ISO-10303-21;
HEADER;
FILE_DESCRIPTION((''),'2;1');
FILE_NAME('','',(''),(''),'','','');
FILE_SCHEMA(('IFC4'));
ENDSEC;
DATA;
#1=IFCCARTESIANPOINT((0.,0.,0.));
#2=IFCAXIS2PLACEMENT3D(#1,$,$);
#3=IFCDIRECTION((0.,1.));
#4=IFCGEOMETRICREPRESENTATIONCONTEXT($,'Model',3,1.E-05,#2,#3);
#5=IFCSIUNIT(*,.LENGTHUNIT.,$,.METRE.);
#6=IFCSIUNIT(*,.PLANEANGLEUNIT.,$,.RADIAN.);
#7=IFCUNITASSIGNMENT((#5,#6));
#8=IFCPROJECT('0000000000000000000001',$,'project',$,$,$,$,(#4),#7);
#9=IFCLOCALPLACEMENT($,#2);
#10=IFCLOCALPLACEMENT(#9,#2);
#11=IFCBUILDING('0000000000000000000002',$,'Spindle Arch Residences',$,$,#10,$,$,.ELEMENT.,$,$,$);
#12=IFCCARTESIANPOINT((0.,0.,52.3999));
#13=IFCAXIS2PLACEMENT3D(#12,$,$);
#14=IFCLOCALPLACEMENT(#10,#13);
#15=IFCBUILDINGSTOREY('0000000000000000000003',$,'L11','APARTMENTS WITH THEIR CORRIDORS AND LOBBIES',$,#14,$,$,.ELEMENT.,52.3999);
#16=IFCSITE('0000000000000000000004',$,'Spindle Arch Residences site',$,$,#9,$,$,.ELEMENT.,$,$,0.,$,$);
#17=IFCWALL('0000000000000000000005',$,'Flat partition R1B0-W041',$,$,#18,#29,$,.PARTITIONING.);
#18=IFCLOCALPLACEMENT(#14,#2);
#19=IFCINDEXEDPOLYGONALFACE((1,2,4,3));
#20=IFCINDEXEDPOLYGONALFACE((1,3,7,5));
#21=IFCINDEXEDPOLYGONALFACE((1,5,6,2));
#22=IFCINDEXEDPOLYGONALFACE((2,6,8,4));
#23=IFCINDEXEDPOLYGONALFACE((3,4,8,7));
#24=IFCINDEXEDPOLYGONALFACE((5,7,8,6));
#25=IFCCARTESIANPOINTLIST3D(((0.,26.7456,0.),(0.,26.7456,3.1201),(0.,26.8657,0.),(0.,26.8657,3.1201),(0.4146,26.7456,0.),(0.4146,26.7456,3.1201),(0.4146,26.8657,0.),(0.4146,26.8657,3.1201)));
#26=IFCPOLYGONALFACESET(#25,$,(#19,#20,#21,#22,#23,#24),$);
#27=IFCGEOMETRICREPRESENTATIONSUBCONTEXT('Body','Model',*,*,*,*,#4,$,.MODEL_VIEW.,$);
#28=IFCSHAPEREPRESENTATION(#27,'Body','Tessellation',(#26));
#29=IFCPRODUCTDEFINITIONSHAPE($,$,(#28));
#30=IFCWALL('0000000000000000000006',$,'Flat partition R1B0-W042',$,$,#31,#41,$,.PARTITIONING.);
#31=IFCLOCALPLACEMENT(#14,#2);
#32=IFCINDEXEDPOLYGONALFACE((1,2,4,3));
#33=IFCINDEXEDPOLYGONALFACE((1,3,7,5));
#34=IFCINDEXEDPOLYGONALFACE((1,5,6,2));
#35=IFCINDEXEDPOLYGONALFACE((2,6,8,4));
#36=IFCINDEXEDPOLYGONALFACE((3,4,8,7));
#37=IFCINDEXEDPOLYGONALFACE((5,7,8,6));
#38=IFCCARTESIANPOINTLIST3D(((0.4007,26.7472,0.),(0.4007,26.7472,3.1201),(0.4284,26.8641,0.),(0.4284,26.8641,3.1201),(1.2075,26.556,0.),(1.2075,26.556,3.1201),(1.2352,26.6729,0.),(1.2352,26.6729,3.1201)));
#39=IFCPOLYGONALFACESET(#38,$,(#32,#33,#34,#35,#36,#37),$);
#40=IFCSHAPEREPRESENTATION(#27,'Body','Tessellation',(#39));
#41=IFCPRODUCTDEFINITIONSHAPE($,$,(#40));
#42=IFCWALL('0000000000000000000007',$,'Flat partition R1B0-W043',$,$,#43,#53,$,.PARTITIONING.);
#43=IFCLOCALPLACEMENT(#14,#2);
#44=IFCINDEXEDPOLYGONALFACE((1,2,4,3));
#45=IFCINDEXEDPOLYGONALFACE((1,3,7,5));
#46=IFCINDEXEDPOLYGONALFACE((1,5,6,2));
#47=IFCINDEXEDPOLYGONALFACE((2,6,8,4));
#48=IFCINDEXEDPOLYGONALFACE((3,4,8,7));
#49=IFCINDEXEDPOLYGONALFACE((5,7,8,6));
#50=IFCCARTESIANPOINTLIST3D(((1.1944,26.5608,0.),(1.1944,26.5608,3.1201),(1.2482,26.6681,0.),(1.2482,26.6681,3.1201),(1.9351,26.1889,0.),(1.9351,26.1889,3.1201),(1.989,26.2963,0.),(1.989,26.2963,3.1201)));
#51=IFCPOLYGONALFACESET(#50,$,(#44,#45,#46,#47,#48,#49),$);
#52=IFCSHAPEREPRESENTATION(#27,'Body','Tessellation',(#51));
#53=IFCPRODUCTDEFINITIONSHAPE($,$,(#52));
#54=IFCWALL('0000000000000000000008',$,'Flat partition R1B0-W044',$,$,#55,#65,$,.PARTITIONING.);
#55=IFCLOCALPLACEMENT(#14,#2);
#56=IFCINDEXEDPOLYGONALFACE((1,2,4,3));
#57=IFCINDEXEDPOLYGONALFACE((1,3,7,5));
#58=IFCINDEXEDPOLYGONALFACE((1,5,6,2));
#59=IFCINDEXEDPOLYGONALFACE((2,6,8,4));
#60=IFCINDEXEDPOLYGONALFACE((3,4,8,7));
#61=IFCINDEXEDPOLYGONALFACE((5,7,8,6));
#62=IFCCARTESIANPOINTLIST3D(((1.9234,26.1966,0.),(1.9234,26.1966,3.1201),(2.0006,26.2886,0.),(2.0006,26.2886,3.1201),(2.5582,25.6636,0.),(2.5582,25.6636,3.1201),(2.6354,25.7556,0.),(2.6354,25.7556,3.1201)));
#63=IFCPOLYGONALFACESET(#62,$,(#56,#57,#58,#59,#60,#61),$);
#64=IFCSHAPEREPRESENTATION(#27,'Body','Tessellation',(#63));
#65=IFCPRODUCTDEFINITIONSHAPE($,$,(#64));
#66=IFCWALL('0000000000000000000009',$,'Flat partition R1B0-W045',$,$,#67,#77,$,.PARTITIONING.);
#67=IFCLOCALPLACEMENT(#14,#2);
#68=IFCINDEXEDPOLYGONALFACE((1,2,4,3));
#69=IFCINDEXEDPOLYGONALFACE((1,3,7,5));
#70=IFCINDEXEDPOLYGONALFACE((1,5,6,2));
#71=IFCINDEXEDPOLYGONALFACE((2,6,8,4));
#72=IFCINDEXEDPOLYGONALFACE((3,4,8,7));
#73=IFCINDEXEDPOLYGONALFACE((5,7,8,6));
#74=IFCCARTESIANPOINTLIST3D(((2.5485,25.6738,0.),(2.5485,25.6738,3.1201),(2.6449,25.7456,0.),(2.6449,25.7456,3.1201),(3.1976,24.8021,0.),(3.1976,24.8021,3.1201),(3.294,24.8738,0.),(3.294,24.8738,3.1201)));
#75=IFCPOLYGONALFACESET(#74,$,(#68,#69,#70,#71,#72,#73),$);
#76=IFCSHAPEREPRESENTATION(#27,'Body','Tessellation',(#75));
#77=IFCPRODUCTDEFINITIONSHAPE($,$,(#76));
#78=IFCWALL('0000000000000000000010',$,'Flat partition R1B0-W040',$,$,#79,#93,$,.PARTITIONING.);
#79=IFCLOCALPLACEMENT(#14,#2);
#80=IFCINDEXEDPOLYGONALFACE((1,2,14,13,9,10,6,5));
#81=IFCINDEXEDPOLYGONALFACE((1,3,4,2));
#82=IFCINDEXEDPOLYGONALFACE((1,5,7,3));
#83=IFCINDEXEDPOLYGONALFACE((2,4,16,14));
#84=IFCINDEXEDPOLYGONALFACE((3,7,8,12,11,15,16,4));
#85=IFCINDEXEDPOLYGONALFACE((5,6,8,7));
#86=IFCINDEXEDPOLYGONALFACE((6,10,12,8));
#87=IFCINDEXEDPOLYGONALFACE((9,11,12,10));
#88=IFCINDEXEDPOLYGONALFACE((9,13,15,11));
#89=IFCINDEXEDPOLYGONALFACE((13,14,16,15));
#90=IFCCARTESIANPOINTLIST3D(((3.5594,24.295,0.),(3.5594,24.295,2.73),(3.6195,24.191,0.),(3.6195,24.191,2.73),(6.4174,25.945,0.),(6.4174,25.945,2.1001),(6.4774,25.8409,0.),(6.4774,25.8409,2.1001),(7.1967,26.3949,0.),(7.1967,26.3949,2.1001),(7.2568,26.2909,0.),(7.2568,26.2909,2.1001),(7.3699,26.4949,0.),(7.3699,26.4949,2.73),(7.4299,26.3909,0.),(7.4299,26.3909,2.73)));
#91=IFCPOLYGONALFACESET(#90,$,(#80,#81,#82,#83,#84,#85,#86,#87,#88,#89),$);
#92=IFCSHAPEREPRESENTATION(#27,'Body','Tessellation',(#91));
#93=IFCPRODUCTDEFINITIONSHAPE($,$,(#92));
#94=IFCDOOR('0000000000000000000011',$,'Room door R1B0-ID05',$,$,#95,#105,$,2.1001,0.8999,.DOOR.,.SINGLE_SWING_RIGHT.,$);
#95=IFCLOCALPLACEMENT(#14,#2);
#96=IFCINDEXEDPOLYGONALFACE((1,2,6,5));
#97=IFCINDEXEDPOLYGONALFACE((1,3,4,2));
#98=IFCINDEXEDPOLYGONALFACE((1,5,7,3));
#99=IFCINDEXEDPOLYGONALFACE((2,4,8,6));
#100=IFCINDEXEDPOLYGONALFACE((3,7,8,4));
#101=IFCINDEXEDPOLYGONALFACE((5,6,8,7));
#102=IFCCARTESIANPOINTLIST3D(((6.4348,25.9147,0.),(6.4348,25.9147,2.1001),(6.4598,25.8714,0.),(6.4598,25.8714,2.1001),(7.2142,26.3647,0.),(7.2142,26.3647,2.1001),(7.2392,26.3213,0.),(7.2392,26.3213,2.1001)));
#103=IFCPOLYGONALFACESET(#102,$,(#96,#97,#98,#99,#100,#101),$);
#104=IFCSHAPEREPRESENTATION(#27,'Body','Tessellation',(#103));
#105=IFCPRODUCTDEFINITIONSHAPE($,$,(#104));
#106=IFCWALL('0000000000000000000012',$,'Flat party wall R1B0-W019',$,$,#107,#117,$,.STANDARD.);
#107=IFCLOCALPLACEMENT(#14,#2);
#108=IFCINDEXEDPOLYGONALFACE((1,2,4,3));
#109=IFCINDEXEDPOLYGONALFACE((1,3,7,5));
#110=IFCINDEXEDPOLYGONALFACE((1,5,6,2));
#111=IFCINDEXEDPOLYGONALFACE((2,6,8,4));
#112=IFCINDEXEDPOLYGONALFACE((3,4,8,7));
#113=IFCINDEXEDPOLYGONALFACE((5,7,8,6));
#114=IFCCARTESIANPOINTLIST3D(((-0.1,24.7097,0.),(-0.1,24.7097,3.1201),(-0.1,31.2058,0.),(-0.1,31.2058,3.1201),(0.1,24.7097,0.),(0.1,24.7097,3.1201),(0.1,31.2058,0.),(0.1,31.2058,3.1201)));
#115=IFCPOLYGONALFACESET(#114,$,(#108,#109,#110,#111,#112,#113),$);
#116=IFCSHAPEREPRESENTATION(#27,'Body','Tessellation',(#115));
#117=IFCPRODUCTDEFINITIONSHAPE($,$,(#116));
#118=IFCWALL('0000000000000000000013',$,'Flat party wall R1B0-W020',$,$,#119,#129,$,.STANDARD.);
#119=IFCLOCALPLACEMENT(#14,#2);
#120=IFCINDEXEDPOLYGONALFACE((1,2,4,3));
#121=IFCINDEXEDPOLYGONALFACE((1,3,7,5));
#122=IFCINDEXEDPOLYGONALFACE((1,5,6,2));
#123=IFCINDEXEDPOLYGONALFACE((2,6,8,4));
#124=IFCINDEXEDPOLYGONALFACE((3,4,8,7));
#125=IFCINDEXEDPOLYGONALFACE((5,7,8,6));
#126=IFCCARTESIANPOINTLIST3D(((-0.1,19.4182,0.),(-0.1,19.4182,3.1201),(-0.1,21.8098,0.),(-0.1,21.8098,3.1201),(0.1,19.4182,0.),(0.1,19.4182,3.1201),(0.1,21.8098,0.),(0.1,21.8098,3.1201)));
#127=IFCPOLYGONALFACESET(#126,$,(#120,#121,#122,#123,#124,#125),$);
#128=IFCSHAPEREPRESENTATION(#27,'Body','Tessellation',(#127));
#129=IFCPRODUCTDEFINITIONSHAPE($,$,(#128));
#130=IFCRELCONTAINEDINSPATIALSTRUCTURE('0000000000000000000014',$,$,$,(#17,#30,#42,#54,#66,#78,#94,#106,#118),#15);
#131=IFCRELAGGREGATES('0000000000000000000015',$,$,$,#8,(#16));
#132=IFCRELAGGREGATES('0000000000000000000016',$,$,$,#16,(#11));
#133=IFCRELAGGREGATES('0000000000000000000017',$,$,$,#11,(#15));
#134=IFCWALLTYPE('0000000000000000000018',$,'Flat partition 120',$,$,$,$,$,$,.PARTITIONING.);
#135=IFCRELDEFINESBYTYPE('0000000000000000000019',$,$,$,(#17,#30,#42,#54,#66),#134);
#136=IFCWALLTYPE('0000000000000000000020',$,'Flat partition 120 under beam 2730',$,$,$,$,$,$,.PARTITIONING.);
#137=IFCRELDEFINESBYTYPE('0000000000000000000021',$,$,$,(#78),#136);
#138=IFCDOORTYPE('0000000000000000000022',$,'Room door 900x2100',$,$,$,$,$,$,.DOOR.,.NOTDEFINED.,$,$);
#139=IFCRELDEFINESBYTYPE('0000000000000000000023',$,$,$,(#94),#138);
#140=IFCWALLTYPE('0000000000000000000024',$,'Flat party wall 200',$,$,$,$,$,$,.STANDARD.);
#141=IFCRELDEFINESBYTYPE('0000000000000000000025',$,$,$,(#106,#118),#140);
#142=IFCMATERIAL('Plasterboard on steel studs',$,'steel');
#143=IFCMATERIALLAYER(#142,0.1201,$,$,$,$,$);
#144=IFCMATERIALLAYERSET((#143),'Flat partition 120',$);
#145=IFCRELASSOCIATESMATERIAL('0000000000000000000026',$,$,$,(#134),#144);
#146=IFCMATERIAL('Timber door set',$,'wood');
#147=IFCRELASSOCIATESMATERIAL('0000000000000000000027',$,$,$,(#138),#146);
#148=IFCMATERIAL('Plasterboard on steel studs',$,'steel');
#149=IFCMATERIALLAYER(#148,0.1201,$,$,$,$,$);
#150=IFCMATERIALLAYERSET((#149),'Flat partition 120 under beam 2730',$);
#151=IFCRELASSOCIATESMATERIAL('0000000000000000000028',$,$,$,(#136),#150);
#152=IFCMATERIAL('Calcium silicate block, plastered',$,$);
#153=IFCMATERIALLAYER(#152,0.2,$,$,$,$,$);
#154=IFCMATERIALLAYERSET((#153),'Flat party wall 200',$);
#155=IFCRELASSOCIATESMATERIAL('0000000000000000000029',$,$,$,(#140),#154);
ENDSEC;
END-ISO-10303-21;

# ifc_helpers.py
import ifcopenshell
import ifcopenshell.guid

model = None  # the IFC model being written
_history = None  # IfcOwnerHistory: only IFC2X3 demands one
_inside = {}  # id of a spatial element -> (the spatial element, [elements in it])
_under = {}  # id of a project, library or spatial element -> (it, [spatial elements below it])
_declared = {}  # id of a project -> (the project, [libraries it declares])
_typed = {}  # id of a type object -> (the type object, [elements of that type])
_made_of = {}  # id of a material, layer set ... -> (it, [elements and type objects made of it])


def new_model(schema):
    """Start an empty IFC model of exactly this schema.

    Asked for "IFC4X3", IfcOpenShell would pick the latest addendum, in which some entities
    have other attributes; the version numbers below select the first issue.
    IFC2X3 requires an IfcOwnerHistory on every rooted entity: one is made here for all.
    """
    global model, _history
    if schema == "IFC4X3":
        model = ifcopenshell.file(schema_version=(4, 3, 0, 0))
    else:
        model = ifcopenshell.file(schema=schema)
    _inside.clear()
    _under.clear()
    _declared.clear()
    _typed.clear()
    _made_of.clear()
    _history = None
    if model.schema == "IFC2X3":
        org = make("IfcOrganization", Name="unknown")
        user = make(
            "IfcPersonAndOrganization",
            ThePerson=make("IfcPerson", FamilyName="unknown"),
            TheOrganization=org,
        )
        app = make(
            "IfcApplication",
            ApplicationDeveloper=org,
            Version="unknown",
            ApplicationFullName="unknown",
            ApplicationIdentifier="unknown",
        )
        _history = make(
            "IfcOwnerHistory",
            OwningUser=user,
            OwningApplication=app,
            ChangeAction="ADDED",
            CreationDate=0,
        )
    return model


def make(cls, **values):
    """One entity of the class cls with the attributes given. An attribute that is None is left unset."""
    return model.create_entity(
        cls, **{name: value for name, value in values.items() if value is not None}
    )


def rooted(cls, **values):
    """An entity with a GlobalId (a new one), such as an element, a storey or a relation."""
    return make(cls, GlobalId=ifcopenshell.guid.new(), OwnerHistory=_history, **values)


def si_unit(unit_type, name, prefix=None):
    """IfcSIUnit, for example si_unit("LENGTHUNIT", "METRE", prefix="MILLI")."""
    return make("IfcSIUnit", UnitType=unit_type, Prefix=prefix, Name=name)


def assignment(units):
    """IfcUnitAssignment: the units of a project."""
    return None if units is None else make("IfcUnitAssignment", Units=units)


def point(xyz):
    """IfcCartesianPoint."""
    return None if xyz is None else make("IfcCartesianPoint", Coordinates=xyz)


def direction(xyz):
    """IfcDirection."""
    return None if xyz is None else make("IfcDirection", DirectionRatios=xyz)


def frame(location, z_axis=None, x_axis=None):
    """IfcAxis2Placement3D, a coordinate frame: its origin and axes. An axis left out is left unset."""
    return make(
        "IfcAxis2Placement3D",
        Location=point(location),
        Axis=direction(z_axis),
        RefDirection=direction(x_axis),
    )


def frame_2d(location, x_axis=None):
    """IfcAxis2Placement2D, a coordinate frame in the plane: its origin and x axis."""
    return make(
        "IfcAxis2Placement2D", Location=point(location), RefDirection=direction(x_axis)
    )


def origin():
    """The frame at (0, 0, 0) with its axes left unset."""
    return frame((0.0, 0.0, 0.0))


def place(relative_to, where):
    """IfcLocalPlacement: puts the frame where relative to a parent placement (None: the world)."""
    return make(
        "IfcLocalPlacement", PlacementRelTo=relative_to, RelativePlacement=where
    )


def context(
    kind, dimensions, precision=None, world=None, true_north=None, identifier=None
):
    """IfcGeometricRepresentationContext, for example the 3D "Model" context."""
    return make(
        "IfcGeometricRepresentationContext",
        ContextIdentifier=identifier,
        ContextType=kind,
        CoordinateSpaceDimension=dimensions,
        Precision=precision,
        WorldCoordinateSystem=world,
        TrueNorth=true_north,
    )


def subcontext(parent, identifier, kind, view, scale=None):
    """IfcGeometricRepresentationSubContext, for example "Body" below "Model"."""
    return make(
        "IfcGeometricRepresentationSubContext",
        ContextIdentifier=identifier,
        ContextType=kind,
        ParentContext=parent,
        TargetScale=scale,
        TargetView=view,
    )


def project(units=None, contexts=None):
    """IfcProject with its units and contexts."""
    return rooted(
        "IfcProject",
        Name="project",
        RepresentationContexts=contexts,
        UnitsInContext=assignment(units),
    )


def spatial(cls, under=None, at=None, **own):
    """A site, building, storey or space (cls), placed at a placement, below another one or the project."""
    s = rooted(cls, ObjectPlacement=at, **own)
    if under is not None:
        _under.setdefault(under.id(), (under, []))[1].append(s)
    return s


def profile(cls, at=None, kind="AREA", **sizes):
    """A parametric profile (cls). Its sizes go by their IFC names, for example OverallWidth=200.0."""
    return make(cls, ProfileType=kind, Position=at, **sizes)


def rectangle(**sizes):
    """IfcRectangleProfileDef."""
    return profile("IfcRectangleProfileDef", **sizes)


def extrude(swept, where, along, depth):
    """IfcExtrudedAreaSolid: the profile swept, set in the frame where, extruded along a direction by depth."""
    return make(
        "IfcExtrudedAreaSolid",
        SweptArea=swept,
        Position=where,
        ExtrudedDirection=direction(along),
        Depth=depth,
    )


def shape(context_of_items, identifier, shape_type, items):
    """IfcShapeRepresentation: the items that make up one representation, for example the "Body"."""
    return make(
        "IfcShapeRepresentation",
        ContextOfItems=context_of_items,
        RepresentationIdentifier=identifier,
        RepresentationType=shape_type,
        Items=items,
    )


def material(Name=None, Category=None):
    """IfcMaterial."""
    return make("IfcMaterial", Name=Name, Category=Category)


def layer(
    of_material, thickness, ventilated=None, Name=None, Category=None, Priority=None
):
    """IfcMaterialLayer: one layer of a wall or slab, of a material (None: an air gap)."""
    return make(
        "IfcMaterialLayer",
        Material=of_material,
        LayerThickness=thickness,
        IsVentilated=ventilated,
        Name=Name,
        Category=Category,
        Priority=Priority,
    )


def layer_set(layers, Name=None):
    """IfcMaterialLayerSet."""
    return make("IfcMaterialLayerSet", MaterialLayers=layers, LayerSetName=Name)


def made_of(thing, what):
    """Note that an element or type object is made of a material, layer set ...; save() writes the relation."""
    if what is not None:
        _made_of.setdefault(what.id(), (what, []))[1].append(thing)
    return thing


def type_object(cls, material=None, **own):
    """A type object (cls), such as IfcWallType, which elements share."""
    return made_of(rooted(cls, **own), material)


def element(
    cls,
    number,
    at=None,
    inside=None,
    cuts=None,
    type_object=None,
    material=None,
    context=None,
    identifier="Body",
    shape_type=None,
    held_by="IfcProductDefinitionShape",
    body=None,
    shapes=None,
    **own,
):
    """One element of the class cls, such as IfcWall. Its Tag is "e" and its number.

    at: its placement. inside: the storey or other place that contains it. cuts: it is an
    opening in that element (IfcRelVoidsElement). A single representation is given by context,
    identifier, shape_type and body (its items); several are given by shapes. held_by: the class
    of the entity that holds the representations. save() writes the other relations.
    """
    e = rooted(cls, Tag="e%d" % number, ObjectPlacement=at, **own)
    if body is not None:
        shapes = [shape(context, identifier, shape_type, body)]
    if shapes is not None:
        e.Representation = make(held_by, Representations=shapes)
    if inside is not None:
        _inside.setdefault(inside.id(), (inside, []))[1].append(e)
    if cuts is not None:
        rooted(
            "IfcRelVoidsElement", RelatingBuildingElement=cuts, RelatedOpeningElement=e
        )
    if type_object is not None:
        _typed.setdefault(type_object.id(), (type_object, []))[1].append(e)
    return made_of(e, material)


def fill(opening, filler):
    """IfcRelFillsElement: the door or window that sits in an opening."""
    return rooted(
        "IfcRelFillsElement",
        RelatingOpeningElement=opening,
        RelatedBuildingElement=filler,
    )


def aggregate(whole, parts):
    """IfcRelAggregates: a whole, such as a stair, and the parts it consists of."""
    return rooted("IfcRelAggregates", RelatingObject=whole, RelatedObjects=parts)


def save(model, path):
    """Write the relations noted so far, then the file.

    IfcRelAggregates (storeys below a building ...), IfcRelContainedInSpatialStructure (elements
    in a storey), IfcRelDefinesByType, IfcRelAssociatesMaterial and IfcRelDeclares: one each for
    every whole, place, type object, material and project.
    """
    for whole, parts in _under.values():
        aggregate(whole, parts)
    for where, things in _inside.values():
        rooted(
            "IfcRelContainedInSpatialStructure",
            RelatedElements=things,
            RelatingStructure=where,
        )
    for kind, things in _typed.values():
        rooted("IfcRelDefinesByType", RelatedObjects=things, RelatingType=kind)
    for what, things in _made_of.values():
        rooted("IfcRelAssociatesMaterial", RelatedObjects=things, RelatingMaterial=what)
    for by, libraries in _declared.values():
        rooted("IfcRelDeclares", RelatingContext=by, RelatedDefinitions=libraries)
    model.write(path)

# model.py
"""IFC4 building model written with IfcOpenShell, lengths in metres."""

from ifc_helpers import new_model, si_unit, direction, frame, frame_2d, origin, place, context, subcontext, project, spatial, rectangle, extrude, material, layer, layer_set, type_object, element, fill, save


model = new_model("IFC4")

# Units and contexts
model_context = context("Model", 3, precision=1e-05, world=origin(), true_north=direction((0.0, 1.0)))
body_context = subcontext(model_context, "Body", "Model", "MODEL_VIEW")
ifc_project = project(units=[si_unit("LENGTHUNIT", "METRE"), si_unit("PLANEANGLEUNIT", "RADIAN")], contexts=[model_context])

# Site, building, storey
site_placement = place(None, origin())
site = spatial("IfcSite", under=ifc_project, at=site_placement, Name="Spindle Arch Residences site", CompositionType="ELEMENT", RefElevation=0.0)
building_placement = place(site_placement, origin())
building = spatial("IfcBuilding", under=site, at=building_placement, Name="Spindle Arch Residences", CompositionType="ELEMENT")
storey_placement = place(building_placement, frame((0.0, 0.0, 52.3999)))
storey = spatial("IfcBuildingStorey", under=building, at=storey_placement, Name="L11", Description="APARTMENTS WITH THEIR CORRIDORS AND LOBBIES", CompositionType="ELEMENT", Elevation=52.3999)

# Shared definitions
ifc_material_1 = material(Name="Plasterboard on steel studs", Category="steel")
ifc_layer_1 = layer(ifc_material_1, 0.1201)
ifc_layer_set_1 = layer_set([ifc_layer_1], Name="Flat partition 120")
wall_type_1 = type_object("IfcWallType", Name="Flat partition 120", PredefinedType="PARTITIONING", material=ifc_layer_set_1)
ifc_material_2 = material(Name="Timber door set", Category="wood")
door_type = type_object("IfcDoorType", Name="Room door 900x2100", OperationType="NOTDEFINED", PredefinedType="DOOR", material=ifc_material_2)

# Walls
wall_1_placement = place(storey_placement, frame((0.0, 26.8057, 0.0), z_axis=(0.0, 0.0, 1.0), x_axis=(1.0, 0.0, 0.0)))
element("IfcWall", 1, at=wall_1_placement, inside=storey, type_object=wall_type_1, Name="Flat partition R1B0-W041", PredefinedType="PARTITIONING", context=body_context, shape_type="SweptSolid", body=[
    extrude(rectangle(XDim=0.4146, YDim=0.1201, at=frame_2d((0.2073, 0.0))), origin(), (0.0, 0.0, 1.0), 3.1201),
])
wall_2_placement = place(storey_placement, frame((0.4146, 26.8057, 0.0), z_axis=(0.0, 0.0, 1.0), x_axis=(0.973049, -0.230598, 0.0)))
element("IfcWall", 2, at=wall_2_placement, inside=storey, type_object=wall_type_1, Name="Flat partition R1B0-W042", PredefinedType="PARTITIONING", context=body_context, shape_type="SweptSolid", body=[
    extrude(rectangle(XDim=0.8291, YDim=0.1201, at=frame_2d((0.4146, 0.0))), origin(), (0.0, 0.0, 1.0), 3.1201),
])
for number, where, z_axis, x_axis, name in (
    (3, (1.2212, 26.6145, 0.0), (0.0, 0.0, 1.0), (0.893719, -0.448627, 0.0), "Flat partition R1B0-W043"),
    (4, (1.9619, 26.2427, 0.0), (0.0, 0.0, 1.0), (0.76585, -0.643019, 0.0), "Flat partition R1B0-W044"),
):
    element("IfcWall", number, at=place(storey_placement, frame(where, z_axis=z_axis, x_axis=x_axis)), inside=storey, type_object=wall_type_1, Name=name, PredefinedType="PARTITIONING", context=body_context, shape_type="SweptSolid", body=[
        extrude(rectangle(XDim=0.8289, YDim=0.1201, at=frame_2d((0.4146, 0.0))), origin(), (0.0, 0.0, 1.0), 3.1201),
    ])
wall_3_placement = place(storey_placement, frame((2.5967, 25.7097, 0.0), z_axis=(0.0, 0.0, 1.0), x_axis=(0.597229, -0.802071, 0.0)))
element("IfcWall", 5, at=wall_3_placement, inside=storey, type_object=wall_type_1, Name="Flat partition R1B0-W045", PredefinedType="PARTITIONING", context=body_context, shape_type="SweptSolid", body=[
    extrude(rectangle(XDim=1.0869, YDim=0.1201, at=frame_2d((0.5435, 0.0))), origin(), (0.0, 0.0, 1.0), 3.1201),
])

# Wall, opening, door
ifc_material_3 = material(Name="Plasterboard on steel studs", Category="steel")
ifc_layer_2 = layer(ifc_material_3, 0.1201)
ifc_layer_set_2 = layer_set([ifc_layer_2], Name="Flat partition 120 under beam 2730")
wall_type_2 = type_object("IfcWallType", Name="Flat partition 120 under beam 2730", PredefinedType="PARTITIONING", material=ifc_layer_set_2)
wall_4_placement = place(storey_placement, frame((7.3999, 26.4429, 0.0), z_axis=(0.0, 0.0, 1.0), x_axis=(-0.866032, -0.499988, 0.0)))
wall_4 = element("IfcWall", 6, at=wall_4_placement, inside=storey, type_object=wall_type_2, Name="Flat partition R1B0-W040", PredefinedType="PARTITIONING", context=body_context, shape_type="SweptSolid", body=[
    extrude(rectangle(XDim=4.3999, YDim=0.1201, at=frame_2d((2.2, 0.0))), origin(), (0.0, 0.0, 1.0), 2.73),
])
opening_1_placement = place(wall_4_placement, frame((0.2, 0.0, 0.0)))
opening_1 = element("IfcOpeningElement", 7, at=opening_1_placement, cuts=wall_4, PredefinedType="OPENING", context=body_context, shape_type="SweptSolid", body=[
    extrude(rectangle(XDim=0.8999, YDim=2.1001, at=frame_2d((0.45, 1.05))), frame((0.0, 0.0701, 0.0), z_axis=(0.0, -1.0, 0.0), x_axis=(1.0, 0.0, 0.0)), (0.0, 0.0, 1.0), 0.1401),
])
door_1_placement = place(opening_1_placement, origin())
door_1 = element("IfcDoor", 8, at=door_1_placement, inside=storey, type_object=door_type, Name="Room door R1B0-ID05", OperationType="SINGLE_SWING_RIGHT", OverallHeight=2.1001, OverallWidth=0.8999, PredefinedType="DOOR", context=body_context, shape_type="SweptSolid", body=[
    extrude(rectangle(XDim=0.8999, YDim=2.1001, at=frame_2d((0.45, 1.05))), frame((0.0, 0.0249, 0.0), z_axis=(0.0, -1.0, 0.0), x_axis=(1.0, 0.0, 0.0)), (0.0, 0.0, 1.0), 0.05),
])
fill(opening_1, door_1)

# Walls
ifc_material_4 = material(Name="Calcium silicate block, plastered")
ifc_layer_3 = layer(ifc_material_4, 0.2)
ifc_layer_set_3 = layer_set([ifc_layer_3], Name="Flat party wall 200")
wall_type_3 = type_object("IfcWallType", Name="Flat party wall 200", PredefinedType="STANDARD", material=ifc_layer_set_3)
wall_5_placement = place(storey_placement, frame((0.0, 31.2058, 0.0), z_axis=(0.0, 0.0, 1.0), x_axis=(0.0, -1.0, 0.0)))
element("IfcWall", 9, at=wall_5_placement, inside=storey, type_object=wall_type_3, Name="Flat party wall R1B0-W019", PredefinedType="STANDARD", context=body_context, shape_type="SweptSolid", body=[
    extrude(rectangle(XDim=6.4961, YDim=0.2, at=frame_2d((3.248, 0.0))), origin(), (0.0, 0.0, 1.0), 3.1201),
])
wall_6_placement = place(storey_placement, frame((0.0, 21.8098, 0.0), z_axis=(0.0, 0.0, 1.0), x_axis=(0.0, -1.0, 0.0)))
element("IfcWall", 10, at=wall_6_placement, inside=storey, type_object=wall_type_3, Name="Flat party wall R1B0-W020", PredefinedType="STANDARD", context=body_context, shape_type="SweptSolid", body=[
    extrude(rectangle(XDim=2.3916, YDim=0.2, at=frame_2d((1.1958, 0.0))), origin(), (0.0, 0.0, 1.0), 3.1201),
])

save(model, "model.ifc")
